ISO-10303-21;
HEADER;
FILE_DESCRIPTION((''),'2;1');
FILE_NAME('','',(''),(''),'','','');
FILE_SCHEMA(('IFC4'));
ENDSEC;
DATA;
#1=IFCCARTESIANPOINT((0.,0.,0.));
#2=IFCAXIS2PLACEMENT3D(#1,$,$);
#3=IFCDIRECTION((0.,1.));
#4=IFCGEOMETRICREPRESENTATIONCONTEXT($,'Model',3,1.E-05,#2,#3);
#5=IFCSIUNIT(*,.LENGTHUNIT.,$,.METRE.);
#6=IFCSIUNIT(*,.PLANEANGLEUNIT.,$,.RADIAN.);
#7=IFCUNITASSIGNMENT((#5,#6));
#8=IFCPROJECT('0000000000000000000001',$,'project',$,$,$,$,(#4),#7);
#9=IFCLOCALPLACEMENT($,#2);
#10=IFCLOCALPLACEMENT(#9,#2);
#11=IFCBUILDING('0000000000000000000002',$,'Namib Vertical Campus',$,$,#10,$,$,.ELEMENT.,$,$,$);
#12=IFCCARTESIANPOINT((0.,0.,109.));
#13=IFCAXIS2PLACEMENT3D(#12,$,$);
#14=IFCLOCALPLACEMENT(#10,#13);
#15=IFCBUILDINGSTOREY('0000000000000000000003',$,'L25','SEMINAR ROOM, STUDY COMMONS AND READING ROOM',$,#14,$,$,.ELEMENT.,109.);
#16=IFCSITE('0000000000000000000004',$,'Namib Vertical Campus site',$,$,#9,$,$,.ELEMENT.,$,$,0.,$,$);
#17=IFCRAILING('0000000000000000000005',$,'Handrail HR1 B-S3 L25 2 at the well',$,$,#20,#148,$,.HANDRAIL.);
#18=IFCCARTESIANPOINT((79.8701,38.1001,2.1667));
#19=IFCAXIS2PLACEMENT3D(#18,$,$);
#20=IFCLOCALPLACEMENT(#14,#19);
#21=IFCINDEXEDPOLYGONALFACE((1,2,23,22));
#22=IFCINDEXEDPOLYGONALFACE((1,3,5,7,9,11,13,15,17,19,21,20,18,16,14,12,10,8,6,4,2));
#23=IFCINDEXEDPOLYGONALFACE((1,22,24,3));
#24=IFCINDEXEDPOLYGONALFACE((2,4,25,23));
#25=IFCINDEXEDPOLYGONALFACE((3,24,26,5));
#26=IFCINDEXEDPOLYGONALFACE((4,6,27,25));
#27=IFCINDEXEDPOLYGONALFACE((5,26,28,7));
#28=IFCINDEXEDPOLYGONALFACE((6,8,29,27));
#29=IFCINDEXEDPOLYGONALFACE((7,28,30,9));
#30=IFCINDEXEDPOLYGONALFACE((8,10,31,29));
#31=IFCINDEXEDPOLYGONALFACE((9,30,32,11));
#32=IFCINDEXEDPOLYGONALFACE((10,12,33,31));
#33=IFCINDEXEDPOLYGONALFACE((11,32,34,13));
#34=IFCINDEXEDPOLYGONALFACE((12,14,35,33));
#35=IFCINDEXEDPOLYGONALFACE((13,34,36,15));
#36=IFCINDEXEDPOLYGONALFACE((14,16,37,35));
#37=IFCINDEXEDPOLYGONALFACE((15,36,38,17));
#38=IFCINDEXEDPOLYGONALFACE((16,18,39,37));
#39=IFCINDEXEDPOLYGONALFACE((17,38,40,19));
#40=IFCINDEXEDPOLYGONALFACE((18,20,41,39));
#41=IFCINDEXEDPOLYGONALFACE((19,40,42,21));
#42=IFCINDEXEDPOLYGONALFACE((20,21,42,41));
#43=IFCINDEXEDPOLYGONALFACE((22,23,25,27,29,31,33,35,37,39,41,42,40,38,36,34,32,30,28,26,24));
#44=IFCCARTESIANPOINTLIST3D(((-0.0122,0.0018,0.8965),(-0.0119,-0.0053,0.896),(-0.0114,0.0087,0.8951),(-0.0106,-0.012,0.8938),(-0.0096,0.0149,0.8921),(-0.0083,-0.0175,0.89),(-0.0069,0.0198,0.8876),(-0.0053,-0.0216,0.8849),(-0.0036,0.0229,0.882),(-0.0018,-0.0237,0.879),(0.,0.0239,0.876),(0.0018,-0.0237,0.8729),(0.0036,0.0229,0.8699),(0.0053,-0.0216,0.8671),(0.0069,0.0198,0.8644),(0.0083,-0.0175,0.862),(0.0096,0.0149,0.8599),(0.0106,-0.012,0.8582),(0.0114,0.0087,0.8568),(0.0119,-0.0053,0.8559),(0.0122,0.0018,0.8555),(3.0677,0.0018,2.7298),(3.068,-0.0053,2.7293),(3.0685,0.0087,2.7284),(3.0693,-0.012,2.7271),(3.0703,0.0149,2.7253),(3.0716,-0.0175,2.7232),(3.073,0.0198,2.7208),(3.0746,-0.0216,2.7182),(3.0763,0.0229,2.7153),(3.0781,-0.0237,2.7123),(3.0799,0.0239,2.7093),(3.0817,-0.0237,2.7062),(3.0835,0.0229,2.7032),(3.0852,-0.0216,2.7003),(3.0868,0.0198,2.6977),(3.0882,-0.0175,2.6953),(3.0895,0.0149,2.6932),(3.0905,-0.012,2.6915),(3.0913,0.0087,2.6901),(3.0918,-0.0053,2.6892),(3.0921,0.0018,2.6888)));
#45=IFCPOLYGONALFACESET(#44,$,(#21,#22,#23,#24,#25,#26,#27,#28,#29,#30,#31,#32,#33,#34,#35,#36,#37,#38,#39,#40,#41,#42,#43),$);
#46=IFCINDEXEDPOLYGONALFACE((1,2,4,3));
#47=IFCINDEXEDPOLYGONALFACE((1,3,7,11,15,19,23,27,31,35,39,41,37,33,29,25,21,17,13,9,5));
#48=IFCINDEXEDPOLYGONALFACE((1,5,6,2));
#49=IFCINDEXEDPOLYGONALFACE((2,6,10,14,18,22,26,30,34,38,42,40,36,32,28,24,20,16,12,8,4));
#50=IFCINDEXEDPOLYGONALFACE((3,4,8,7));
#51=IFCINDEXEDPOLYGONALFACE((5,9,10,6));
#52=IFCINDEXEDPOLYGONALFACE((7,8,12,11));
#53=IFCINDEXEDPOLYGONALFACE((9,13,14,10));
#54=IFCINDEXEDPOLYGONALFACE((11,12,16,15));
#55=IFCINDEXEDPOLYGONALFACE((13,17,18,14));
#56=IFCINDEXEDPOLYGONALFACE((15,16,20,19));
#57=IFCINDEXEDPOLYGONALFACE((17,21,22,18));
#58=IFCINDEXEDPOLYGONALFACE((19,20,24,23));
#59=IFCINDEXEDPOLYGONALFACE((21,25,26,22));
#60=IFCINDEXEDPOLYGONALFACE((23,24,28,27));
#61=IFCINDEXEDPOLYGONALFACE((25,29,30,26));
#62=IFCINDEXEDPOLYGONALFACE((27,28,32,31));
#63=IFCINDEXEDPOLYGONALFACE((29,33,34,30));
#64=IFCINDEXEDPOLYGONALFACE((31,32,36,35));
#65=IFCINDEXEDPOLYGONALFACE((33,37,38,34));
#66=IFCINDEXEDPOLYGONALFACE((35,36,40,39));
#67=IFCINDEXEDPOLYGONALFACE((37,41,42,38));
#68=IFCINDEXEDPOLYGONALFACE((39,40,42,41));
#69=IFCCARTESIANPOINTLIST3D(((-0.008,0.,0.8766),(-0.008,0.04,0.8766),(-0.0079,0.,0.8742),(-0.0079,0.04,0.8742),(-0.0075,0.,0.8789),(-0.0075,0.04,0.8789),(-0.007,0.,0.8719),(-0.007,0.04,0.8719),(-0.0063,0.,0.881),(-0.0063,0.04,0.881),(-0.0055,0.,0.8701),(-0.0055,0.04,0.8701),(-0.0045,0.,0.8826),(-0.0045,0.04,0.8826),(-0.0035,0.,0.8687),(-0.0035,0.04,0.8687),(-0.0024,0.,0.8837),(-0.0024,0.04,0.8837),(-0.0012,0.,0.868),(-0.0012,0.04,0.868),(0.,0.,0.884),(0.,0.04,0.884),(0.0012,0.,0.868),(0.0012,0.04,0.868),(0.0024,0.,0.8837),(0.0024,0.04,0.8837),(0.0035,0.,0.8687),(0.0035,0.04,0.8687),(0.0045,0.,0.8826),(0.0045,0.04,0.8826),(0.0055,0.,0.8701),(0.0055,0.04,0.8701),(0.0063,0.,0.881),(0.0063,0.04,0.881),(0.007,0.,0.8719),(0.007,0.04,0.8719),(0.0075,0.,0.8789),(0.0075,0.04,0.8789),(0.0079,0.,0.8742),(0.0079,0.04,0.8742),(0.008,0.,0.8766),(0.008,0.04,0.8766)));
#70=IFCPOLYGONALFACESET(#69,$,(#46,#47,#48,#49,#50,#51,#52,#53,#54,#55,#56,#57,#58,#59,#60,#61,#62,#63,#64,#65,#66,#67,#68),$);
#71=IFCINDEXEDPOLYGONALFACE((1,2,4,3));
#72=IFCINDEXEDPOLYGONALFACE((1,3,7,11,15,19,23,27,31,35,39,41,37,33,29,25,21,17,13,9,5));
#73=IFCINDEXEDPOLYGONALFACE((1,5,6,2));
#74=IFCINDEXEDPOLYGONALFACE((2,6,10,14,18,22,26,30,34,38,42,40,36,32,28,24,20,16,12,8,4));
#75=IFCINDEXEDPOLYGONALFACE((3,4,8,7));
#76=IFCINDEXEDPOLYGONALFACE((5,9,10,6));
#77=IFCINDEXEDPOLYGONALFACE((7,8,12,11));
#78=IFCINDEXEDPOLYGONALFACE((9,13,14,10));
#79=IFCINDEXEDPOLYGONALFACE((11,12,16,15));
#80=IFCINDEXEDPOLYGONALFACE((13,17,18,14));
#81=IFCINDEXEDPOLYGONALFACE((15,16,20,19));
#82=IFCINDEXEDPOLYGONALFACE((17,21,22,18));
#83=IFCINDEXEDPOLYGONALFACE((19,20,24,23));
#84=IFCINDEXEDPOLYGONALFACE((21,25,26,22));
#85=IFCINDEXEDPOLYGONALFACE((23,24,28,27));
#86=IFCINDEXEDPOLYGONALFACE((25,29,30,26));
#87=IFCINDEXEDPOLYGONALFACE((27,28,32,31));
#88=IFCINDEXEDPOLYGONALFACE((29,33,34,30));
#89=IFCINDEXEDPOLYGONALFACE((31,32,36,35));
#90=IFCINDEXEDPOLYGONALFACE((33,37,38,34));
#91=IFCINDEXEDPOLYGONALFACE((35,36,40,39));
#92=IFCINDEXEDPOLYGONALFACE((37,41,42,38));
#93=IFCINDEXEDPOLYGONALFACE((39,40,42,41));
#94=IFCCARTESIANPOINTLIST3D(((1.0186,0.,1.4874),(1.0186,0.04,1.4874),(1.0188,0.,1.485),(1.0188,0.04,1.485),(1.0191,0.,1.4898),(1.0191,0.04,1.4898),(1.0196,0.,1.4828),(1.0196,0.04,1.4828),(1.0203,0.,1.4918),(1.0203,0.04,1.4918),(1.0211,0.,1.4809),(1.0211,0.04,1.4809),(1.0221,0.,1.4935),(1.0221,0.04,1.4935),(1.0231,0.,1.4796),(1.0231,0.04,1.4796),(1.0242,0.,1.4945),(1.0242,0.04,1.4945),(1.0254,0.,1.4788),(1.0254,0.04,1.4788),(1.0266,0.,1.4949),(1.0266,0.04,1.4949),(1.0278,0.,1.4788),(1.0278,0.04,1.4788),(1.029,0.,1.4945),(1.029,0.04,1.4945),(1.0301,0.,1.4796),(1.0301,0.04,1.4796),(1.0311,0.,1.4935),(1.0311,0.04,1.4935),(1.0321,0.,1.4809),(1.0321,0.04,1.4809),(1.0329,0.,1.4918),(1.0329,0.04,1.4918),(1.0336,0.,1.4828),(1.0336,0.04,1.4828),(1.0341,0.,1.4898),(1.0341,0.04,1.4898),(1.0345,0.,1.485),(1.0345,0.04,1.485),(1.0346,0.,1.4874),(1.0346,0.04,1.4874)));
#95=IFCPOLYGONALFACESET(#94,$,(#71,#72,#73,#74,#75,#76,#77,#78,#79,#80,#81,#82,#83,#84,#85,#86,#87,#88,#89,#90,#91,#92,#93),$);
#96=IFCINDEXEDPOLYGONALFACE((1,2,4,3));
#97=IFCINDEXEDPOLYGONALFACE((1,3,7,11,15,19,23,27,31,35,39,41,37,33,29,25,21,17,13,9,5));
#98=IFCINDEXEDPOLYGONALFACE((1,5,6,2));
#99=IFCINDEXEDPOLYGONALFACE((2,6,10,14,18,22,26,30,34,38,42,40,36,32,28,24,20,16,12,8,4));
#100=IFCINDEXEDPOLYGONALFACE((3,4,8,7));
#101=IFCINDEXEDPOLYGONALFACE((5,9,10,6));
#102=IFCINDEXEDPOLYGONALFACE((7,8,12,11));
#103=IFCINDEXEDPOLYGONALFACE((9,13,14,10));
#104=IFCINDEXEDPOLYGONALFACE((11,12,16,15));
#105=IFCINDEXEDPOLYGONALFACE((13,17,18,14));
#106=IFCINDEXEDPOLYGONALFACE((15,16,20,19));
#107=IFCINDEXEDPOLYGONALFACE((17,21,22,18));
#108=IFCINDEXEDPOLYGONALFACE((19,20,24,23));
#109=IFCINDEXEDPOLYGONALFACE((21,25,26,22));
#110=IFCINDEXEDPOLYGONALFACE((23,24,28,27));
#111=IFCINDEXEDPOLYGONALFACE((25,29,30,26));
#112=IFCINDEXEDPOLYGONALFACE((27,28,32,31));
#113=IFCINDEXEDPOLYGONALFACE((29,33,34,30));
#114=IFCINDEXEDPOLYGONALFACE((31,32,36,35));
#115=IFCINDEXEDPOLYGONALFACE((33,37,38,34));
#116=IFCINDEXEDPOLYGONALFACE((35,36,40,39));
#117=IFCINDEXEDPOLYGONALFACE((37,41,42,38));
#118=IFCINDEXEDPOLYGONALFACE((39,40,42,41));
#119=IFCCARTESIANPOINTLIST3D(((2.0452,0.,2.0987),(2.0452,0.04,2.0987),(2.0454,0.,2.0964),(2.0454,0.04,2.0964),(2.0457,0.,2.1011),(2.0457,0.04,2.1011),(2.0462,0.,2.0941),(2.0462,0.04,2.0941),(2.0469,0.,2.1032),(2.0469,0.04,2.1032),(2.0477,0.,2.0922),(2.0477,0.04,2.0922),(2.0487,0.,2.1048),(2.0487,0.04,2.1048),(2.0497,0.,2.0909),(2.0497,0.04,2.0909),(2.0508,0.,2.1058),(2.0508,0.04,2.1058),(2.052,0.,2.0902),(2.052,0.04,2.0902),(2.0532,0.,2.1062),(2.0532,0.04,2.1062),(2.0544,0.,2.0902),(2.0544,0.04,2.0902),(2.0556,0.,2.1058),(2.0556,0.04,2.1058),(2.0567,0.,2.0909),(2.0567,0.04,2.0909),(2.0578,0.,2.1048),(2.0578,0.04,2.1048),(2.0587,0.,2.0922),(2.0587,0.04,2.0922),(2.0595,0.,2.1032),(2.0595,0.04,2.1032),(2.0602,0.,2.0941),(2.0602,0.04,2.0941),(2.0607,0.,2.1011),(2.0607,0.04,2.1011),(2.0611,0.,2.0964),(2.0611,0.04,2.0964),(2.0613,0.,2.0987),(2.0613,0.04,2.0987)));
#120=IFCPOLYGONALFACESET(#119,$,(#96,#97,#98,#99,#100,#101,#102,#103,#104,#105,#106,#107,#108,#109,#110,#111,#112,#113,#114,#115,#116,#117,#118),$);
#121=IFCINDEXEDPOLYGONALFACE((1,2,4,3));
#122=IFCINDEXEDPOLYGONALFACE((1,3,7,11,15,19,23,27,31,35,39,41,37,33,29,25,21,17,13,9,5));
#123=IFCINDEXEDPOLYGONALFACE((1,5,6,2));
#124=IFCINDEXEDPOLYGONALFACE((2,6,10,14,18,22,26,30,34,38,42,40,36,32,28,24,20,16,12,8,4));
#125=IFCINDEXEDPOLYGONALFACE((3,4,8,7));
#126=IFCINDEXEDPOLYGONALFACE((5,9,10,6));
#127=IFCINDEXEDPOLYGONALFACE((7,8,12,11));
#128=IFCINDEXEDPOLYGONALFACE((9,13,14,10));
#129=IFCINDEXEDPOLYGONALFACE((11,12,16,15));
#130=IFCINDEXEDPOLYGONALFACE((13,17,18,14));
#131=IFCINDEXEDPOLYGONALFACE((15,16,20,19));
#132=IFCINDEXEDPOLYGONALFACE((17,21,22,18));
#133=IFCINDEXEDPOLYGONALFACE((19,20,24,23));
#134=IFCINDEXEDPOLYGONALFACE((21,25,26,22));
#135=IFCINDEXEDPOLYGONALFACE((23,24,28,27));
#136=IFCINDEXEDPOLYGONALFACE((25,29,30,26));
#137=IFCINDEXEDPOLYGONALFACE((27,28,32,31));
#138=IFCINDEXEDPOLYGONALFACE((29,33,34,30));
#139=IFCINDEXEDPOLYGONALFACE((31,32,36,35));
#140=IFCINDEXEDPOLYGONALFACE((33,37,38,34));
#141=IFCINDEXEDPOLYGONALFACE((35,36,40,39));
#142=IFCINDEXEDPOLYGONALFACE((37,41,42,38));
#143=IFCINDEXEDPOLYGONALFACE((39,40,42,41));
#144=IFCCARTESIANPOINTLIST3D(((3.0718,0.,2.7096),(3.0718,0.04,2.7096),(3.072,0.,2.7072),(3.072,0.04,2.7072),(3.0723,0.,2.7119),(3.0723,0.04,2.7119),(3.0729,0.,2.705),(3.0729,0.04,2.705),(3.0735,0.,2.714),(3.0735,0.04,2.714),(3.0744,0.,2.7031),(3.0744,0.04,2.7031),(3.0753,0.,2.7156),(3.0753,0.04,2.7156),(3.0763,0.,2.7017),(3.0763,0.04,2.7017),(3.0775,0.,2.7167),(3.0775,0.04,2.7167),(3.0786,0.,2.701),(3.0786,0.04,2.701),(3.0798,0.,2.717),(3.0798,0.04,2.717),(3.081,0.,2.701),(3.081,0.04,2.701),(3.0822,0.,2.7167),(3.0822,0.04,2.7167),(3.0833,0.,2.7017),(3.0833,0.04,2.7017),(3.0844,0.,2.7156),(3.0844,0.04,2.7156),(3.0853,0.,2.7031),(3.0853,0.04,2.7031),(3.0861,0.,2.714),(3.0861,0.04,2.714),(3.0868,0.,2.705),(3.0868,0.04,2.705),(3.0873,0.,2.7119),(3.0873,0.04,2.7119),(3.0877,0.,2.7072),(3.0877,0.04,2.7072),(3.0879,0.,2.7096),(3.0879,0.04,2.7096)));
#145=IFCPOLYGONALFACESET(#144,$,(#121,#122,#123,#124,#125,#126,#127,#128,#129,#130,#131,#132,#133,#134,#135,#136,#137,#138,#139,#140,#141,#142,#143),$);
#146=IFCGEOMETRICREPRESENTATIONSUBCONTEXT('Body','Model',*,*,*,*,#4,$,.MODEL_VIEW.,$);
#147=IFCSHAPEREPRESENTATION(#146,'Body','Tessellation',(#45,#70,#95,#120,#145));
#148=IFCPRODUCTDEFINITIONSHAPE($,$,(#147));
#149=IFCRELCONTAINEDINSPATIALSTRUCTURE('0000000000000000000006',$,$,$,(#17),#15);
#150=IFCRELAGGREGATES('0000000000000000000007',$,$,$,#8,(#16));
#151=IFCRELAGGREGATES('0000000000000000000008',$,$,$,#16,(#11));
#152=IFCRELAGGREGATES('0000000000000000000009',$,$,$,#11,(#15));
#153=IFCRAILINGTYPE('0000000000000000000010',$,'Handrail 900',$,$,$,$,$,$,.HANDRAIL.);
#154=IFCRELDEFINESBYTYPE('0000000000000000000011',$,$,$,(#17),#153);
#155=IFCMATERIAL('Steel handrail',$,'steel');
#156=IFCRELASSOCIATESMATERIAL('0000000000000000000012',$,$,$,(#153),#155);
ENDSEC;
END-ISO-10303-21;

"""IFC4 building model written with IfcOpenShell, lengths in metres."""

from ifc_helpers import new_model, si_unit, direction, frame, origin, origin_2d, place, context, subcontext, project, spatial, circle, extrude, material, type_object, element, save


model = new_model("IFC4")

# Units and contexts
model_context = context("Model", 3, precision=1e-05, world=origin(), true_north=direction((0.0, 1.0)))
body_context = subcontext(model_context, "Body", "Model", "MODEL_VIEW")
ifc_project = project(units=[si_unit("LENGTHUNIT", "METRE"), si_unit("PLANEANGLEUNIT", "RADIAN")], contexts=[model_context])

# Site, building, storey
site_placement = place(None, origin())
site = spatial("IfcSite", under=ifc_project, at=site_placement, Name="Namib Vertical Campus site", CompositionType="ELEMENT", RefElevation=0.0)
building_placement = place(site_placement, origin())
building = spatial("IfcBuilding", under=site, at=building_placement, Name="Namib Vertical Campus", CompositionType="ELEMENT")
storey_placement = place(building_placement, frame((0.0, 0.0, 109.0)))
storey = spatial("IfcBuildingStorey", under=building, at=storey_placement, Name="L25", Description="SEMINAR ROOM, STUDY COMMONS AND READING ROOM", CompositionType="ELEMENT", Elevation=109.0)

# Railing
ifc_material_1 = material(Name="Steel handrail", Category="steel")
railing_type_1 = type_object("IfcRailingType", Name="Handrail 900", PredefinedType="HANDRAIL", material=ifc_material_1)
railing_1_placement = place(storey_placement, frame((79.8701, 38.1001, 2.1667)))
element("IfcRailing", 1, at=railing_1_placement, inside=storey, type_object=railing_type_1, Name="Handrail HR1 B-S3 L25 2 at the well", PredefinedType="HANDRAIL", context=body_context, shape_type="SweptSolid", body=[
    extrude(circle(Radius=0.0239, at=origin_2d()), frame((0.0, 0.0, 0.876), z_axis=(0.859291, 0.0, 0.511487), x_axis=(0.0, 1.0, 0.0)), (0.0, 0.0, 1.0), 3.5842),
    extrude(circle(Radius=0.0081, at=origin_2d()), frame((0.0, 0.0, 0.876), z_axis=(0.0, 1.0, 0.0), x_axis=(0.0, 0.0, 1.0)), (0.0, 0.0, 1.0), 0.04),
    extrude(circle(Radius=0.0081, at=origin_2d()), frame((1.0266, 0.0, 1.4868), z_axis=(0.0, 1.0, 0.0), x_axis=(0.0, 0.0, 1.0)), (0.0, 0.0, 1.0), 0.04),
    extrude(circle(Radius=0.0081, at=origin_2d()), frame((2.0532, 0.0, 2.0981), z_axis=(0.0, 1.0, 0.0), x_axis=(0.0, 0.0, 1.0)), (0.0, 0.0, 1.0), 0.04),
    extrude(circle(Radius=0.0081, at=origin_2d()), frame((3.0798, 0.0, 2.709), z_axis=(0.0, 1.0, 0.0), x_axis=(0.0, 0.0, 1.0)), (0.0, 0.0, 1.0), 0.04),
])

save(model, "model.ifc")
